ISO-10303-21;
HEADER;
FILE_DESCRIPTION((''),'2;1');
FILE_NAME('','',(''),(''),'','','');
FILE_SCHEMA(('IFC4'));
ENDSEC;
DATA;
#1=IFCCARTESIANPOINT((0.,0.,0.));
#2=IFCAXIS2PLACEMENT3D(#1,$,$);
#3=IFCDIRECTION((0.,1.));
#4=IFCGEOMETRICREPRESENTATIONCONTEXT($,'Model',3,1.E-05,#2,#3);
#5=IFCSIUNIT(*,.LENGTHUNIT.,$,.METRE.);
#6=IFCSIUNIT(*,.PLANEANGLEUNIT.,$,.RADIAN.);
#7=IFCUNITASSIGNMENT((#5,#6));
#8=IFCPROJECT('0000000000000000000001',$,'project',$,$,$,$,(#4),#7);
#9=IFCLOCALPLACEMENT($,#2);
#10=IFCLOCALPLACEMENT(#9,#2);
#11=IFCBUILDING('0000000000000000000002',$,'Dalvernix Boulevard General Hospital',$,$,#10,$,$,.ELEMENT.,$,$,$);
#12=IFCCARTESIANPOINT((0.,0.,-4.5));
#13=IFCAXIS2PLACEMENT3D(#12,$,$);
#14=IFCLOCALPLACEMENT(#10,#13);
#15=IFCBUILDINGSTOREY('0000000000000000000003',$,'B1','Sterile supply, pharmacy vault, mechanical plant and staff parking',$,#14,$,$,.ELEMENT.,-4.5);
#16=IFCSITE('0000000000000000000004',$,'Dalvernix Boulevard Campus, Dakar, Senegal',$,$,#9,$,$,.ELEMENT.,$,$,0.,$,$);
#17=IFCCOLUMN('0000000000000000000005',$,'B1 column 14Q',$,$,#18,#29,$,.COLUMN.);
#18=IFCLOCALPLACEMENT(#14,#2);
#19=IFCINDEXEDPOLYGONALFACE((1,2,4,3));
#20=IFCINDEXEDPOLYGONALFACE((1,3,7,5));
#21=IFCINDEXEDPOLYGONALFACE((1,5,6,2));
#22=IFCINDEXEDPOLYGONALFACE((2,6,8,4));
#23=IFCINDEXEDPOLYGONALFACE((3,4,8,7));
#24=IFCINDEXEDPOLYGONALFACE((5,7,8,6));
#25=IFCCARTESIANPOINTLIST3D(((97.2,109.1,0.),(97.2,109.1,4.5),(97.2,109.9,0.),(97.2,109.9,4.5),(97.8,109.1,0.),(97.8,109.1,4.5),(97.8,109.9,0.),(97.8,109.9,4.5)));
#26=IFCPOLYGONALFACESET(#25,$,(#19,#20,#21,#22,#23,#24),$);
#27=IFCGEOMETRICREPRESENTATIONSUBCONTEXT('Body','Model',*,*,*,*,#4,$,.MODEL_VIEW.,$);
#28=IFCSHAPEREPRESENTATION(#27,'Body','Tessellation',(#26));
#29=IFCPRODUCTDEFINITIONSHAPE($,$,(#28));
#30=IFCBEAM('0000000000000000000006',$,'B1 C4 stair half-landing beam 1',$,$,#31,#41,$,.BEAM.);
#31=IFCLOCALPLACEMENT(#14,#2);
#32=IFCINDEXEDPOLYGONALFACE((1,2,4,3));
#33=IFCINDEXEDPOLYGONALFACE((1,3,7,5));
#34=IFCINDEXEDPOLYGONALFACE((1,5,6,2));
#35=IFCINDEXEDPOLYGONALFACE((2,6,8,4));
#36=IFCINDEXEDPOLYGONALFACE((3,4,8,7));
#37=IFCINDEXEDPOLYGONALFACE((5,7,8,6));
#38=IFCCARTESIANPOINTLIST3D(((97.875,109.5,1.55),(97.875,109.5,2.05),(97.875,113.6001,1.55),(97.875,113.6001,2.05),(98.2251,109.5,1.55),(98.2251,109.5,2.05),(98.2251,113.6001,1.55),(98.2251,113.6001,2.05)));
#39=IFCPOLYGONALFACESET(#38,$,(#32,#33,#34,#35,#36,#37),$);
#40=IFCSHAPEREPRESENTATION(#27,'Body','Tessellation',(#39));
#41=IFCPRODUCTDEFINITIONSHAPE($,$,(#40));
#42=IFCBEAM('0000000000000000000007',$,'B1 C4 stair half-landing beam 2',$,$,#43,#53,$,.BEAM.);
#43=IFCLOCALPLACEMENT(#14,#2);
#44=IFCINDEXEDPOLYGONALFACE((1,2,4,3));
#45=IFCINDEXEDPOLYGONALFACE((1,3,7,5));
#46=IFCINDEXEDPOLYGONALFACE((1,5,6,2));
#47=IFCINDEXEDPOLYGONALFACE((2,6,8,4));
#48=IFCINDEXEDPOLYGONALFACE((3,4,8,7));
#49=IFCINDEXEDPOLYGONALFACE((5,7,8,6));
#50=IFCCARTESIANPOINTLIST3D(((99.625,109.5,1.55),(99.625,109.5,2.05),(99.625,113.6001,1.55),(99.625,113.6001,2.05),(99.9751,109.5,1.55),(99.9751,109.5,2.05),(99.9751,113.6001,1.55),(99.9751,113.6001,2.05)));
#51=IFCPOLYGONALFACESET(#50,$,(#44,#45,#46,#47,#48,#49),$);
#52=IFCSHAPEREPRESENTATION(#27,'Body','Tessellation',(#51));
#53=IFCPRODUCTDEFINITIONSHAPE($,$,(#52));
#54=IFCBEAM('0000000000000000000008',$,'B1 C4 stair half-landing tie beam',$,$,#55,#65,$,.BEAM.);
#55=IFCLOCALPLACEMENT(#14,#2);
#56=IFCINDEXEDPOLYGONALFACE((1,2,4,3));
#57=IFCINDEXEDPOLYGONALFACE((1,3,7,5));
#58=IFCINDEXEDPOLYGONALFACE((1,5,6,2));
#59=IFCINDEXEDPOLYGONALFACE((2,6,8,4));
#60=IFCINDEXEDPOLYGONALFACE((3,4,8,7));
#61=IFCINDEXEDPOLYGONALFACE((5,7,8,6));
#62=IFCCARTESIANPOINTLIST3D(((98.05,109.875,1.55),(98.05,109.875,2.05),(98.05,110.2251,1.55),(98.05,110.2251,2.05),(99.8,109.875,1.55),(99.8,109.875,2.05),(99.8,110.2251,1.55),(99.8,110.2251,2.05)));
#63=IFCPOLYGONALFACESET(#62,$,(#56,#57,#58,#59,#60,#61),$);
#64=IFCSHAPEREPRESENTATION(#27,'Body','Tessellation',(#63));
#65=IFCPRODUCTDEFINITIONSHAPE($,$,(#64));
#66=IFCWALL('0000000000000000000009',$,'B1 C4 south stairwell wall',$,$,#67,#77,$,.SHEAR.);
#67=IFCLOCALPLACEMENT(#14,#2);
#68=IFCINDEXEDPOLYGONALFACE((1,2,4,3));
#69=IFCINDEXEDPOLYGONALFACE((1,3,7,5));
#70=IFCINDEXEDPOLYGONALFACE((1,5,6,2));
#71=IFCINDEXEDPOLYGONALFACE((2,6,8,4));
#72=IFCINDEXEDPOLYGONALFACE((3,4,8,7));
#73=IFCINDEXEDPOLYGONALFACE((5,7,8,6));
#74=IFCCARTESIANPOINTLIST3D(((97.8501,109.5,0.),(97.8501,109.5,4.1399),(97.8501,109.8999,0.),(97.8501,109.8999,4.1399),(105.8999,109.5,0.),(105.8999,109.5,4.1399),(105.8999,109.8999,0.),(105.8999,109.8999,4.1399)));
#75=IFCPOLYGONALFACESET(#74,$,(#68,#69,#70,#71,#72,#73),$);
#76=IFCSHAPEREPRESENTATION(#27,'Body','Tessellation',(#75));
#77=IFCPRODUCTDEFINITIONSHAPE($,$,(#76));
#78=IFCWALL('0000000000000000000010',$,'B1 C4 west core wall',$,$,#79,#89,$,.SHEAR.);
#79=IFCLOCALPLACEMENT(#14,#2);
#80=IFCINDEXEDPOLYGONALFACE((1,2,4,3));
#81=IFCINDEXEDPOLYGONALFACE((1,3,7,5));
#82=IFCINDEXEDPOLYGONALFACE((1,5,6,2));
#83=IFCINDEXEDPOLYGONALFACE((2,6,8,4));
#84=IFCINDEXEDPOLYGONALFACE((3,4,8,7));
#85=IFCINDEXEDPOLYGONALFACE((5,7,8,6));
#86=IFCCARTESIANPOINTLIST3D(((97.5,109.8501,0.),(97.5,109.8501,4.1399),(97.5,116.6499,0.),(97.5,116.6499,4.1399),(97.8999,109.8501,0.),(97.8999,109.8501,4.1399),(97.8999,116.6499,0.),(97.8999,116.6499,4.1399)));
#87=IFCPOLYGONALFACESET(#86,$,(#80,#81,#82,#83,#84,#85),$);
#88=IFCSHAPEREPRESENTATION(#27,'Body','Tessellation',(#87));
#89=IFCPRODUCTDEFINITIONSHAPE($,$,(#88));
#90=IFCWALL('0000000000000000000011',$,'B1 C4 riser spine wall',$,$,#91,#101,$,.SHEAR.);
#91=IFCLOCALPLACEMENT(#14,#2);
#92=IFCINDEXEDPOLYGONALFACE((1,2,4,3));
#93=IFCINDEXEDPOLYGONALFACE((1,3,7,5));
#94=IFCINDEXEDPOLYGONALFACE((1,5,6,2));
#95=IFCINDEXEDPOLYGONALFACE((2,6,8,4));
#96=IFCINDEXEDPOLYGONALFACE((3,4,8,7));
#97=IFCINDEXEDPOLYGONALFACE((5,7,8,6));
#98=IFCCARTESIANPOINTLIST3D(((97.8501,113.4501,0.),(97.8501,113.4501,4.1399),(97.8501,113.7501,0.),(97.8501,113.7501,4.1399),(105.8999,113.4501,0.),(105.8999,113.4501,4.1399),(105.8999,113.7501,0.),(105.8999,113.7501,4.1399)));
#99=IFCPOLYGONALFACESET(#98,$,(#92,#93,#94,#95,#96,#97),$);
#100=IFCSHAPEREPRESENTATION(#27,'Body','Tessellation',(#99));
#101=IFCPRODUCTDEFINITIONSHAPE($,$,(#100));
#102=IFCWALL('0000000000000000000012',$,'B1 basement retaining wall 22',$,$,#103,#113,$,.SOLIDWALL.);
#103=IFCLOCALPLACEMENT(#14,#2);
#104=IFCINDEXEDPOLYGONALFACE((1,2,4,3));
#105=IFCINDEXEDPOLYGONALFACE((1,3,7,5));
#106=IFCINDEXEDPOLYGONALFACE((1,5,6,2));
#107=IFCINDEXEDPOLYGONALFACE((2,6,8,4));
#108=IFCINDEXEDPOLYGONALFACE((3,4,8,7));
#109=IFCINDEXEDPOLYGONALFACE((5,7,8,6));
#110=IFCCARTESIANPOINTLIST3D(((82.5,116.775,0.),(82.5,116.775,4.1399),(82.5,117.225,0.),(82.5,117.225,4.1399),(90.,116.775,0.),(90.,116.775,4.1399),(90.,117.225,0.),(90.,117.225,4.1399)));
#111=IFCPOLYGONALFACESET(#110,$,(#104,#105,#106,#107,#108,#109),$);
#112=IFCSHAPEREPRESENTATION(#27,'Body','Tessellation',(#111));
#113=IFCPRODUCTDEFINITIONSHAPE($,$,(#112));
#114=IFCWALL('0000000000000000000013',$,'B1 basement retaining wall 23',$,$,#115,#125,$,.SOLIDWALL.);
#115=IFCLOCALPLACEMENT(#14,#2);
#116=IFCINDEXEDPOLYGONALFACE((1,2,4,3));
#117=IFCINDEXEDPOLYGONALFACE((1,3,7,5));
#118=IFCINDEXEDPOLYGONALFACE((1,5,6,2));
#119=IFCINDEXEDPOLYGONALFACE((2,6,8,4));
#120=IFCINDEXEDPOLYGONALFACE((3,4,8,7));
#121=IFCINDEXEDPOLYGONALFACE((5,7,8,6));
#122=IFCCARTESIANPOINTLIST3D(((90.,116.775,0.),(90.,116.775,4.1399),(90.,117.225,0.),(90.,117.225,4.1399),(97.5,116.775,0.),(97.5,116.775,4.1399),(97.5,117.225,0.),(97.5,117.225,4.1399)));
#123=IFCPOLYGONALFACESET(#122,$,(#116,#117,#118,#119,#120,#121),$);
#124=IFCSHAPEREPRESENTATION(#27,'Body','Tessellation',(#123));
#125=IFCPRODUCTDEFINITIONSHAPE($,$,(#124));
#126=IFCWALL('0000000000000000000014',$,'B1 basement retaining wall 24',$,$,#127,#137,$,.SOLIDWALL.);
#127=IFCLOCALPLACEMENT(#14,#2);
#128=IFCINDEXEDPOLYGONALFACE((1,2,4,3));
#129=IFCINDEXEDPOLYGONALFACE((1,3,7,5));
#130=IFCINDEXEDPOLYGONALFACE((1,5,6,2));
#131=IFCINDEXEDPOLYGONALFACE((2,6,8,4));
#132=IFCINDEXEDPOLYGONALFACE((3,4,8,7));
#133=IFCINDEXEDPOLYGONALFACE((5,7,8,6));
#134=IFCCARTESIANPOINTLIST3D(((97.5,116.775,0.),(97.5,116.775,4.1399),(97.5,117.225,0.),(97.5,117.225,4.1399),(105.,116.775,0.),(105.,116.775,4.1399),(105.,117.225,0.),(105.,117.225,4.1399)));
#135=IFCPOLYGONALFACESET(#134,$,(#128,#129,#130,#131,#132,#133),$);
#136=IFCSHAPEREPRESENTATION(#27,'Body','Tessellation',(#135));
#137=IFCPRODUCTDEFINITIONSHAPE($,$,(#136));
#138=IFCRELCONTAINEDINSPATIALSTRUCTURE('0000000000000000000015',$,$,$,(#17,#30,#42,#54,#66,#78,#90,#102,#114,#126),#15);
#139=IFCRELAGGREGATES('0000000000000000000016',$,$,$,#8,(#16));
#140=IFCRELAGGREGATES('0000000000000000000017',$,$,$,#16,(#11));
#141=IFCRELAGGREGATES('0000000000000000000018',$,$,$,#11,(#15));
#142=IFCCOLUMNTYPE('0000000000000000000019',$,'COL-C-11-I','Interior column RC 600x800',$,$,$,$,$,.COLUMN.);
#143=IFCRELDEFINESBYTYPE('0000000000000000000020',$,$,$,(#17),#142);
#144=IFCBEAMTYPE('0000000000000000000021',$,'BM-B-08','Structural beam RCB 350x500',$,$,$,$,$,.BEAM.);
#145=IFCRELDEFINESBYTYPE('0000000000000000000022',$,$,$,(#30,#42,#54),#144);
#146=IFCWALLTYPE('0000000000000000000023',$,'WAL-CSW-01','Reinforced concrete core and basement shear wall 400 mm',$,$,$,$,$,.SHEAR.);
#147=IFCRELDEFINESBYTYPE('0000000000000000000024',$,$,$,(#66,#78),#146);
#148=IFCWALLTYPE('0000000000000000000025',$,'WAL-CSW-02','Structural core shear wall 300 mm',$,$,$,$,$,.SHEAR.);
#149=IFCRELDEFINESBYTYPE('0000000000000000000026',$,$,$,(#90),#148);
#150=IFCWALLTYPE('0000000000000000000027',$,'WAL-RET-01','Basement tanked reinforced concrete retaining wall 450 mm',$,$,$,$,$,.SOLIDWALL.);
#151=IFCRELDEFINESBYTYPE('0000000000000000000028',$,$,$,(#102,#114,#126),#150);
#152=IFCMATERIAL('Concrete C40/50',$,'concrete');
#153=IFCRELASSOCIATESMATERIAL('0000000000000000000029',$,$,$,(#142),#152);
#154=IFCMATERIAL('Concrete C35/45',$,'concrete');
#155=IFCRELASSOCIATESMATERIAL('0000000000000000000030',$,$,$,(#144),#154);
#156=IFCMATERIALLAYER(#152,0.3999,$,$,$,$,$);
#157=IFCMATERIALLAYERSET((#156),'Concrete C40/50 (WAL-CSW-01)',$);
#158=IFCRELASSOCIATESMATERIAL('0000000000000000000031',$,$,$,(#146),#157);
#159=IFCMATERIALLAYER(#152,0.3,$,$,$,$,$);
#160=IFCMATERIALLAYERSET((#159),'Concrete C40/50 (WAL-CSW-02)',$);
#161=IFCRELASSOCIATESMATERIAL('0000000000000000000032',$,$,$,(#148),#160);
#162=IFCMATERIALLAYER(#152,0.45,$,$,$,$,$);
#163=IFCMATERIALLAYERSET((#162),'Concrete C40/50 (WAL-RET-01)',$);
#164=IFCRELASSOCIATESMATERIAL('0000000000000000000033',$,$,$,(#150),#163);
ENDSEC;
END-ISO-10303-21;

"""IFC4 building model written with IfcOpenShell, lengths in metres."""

from ifc_helpers import new_model, si_unit, direction, frame, frame_2d, origin, origin_2d, place, context, subcontext, project, spatial, rectangle, extrude, material, layer, layer_set, material_profile, profile_set, type_object, element, save


model = new_model("IFC4")

# Units and contexts
model_context = context("Model", 3, precision=1e-05, world=origin(), true_north=direction((0.0, 1.0)))
body_context = subcontext(model_context, "Body", "Model", "MODEL_VIEW")
ifc_project = project(units=[si_unit("LENGTHUNIT", "METRE"), si_unit("PLANEANGLEUNIT", "RADIAN")], contexts=[model_context])

# Site, building, storey
site_placement = place(None, origin())
site = spatial("IfcSite", under=ifc_project, at=site_placement, Name="Dalvernix Boulevard Campus, Dakar, Senegal", CompositionType="ELEMENT", RefElevation=0.0)
building_placement = place(site_placement, origin())
building = spatial("IfcBuilding", under=site, at=building_placement, Name="Dalvernix Boulevard General Hospital", CompositionType="ELEMENT")
storey_placement = place(building_placement, frame((0.0, 0.0, -4.5)))
storey = spatial("IfcBuildingStorey", under=building, at=storey_placement, Name="B1", Description="Sterile supply, pharmacy vault, mechanical plant and staff parking", CompositionType="ELEMENT", Elevation=-4.5)

# Shared definitions
ifc_material_1 = material(Name="Concrete C35/45", Category="concrete")
ifc_material_2 = material(Name="Concrete C40/50", Category="concrete")

# Column
ifc_material_profile_1 = material_profile(ifc_material_2, rectangle(XDim=0.6001, YDim=0.8, at=origin_2d()), Name="RC 600x800")
ifc_profile_set_1 = profile_set([ifc_material_profile_1], Name="Concrete C40/50")
column_type_1 = type_object("IfcColumnType", Name="COL-C-11-I", Description="Interior column RC 600x800", PredefinedType="COLUMN", material=ifc_profile_set_1)
column_1_placement = place(storey_placement, frame((97.5, 109.5, 0.0), z_axis=(0.0, 0.0, 1.0), x_axis=(1.0, 0.0, 0.0)))
element("IfcColumn", 1, at=column_1_placement, inside=storey, type_object=column_type_1, Name="B1 column 14Q", PredefinedType="COLUMN", context=body_context, shape_type="SweptSolid", body=[
    extrude(rectangle(XDim=0.6001, YDim=0.8, at=origin_2d()), origin(), (0.0, 0.0, 1.0), 4.5),
])

# Beams
ifc_material_profile_2 = material_profile(ifc_material_1, rectangle(XDim=0.3501, YDim=0.5, at=origin_2d()), Name="RCB 350x500")
ifc_profile_set_2 = profile_set([ifc_material_profile_2], Name="Concrete C35/45")
beam_type = type_object("IfcBeamType", Name="BM-B-08", Description="Structural beam RCB 350x500", PredefinedType="BEAM", material=ifc_profile_set_2)
for number, where, z_axis, x_axis, name in (
    (2, (98.05, 109.5, 1.8), (0.0, 1.0, 0.0), (-1.0, 0.0, 0.0), "B1 C4 stair half-landing beam 1"),
    (3, (99.8, 109.5, 1.8), (0.0, 1.0, 0.0), (-1.0, 0.0, 0.0), "B1 C4 stair half-landing beam 2"),
):
    element("IfcBeam", number, at=place(storey_placement, frame(where, z_axis=z_axis, x_axis=x_axis)), inside=storey, type_object=beam_type, Name=name, PredefinedType="BEAM", context=body_context, shape_type="SweptSolid", body=[
        extrude(rectangle(XDim=0.3501, YDim=0.5, at=origin_2d()), origin(), (0.0, 0.0, 1.0), 4.1001),
    ])
beam_placement = place(storey_placement, frame((98.05, 110.05, 1.8), z_axis=(1.0, 0.0, 0.0), x_axis=(0.0, 1.0, 0.0)))
element("IfcBeam", 4, at=beam_placement, inside=storey, type_object=beam_type, Name="B1 C4 stair half-landing tie beam", PredefinedType="BEAM", context=body_context, shape_type="SweptSolid", body=[
    extrude(rectangle(XDim=0.3501, YDim=0.5, at=origin_2d()), origin(), (0.0, 0.0, 1.0), 1.75),
])

# Walls
ifc_layer_1 = layer(ifc_material_2, 0.3999)
ifc_layer_set_1 = layer_set([ifc_layer_1], Name="Concrete C40/50 (WAL-CSW-01)")
wall_type_1 = type_object("IfcWallType", Name="WAL-CSW-01", Description="Reinforced concrete core and basement shear wall 400 mm", PredefinedType="SHEAR", material=ifc_layer_set_1)
wall_1_placement = place(storey_placement, frame((97.8501, 109.7, 0.0), z_axis=(0.0, 0.0, 1.0), x_axis=(1.0, 0.0, 0.0)))
element("IfcWall", 5, at=wall_1_placement, inside=storey, type_object=wall_type_1, Name="B1 C4 south stairwell wall", PredefinedType="SHEAR", context=body_context, shape_type="SweptSolid", body=[
    extrude(rectangle(XDim=8.0498, YDim=0.3999, at=frame_2d((4.0249, 0.0))), origin(), (0.0, 0.0, 1.0), 4.1399),
])
wall_2_placement = place(storey_placement, frame((97.7, 109.8501, 0.0), z_axis=(0.0, 0.0, 1.0), x_axis=(0.0, 1.0, 0.0)))
element("IfcWall", 6, at=wall_2_placement, inside=storey, type_object=wall_type_1, Name="B1 C4 west core wall", PredefinedType="SHEAR", context=body_context, shape_type="SweptSolid", body=[
    extrude(rectangle(XDim=6.7998, YDim=0.3999, at=frame_2d((3.3999, 0.0))), origin(), (0.0, 0.0, 1.0), 4.1399),
])
ifc_layer_2 = layer(ifc_material_2, 0.3)
ifc_layer_set_2 = layer_set([ifc_layer_2], Name="Concrete C40/50 (WAL-CSW-02)")
wall_type_2 = type_object("IfcWallType", Name="WAL-CSW-02", Description="Structural core shear wall 300 mm", PredefinedType="SHEAR", material=ifc_layer_set_2)
wall_3_placement = place(storey_placement, frame((97.8501, 113.6001, 0.0), z_axis=(0.0, 0.0, 1.0), x_axis=(1.0, 0.0, 0.0)))
element("IfcWall", 7, at=wall_3_placement, inside=storey, type_object=wall_type_2, Name="B1 C4 riser spine wall", PredefinedType="SHEAR", context=body_context, shape_type="SweptSolid", body=[
    extrude(rectangle(XDim=8.0498, YDim=0.3, at=frame_2d((4.0249, 0.0))), origin(), (0.0, 0.0, 1.0), 4.1399),
])
ifc_layer_3 = layer(ifc_material_2, 0.45)
ifc_layer_set_3 = layer_set([ifc_layer_3], Name="Concrete C40/50 (WAL-RET-01)")
wall_type_3 = type_object("IfcWallType", Name="WAL-RET-01", Description="Basement tanked reinforced concrete retaining wall 450 mm", PredefinedType="SOLIDWALL", material=ifc_layer_set_3)
for number, where, z_axis, x_axis, name in (
    (8, (82.5, 117.0, 0.0), (0.0, 0.0, 1.0), (1.0, 0.0, 0.0), "B1 basement retaining wall 22"),
    (9, (90.0, 117.0, 0.0), (0.0, 0.0, 1.0), (1.0, 0.0, 0.0), "B1 basement retaining wall 23"),
    (10, (97.5, 117.0, 0.0), (0.0, 0.0, 1.0), (1.0, 0.0, 0.0), "B1 basement retaining wall 24"),
):
    element("IfcWall", number, at=place(storey_placement, frame(where, z_axis=z_axis, x_axis=x_axis)), inside=storey, type_object=wall_type_3, Name=name, PredefinedType="SOLIDWALL", context=body_context, shape_type="SweptSolid", body=[
        extrude(rectangle(XDim=7.5, YDim=0.45, at=frame_2d((3.75, 0.0))), origin(), (0.0, 0.0, 1.0), 4.1399),
    ])

save(model, "model.ifc")
